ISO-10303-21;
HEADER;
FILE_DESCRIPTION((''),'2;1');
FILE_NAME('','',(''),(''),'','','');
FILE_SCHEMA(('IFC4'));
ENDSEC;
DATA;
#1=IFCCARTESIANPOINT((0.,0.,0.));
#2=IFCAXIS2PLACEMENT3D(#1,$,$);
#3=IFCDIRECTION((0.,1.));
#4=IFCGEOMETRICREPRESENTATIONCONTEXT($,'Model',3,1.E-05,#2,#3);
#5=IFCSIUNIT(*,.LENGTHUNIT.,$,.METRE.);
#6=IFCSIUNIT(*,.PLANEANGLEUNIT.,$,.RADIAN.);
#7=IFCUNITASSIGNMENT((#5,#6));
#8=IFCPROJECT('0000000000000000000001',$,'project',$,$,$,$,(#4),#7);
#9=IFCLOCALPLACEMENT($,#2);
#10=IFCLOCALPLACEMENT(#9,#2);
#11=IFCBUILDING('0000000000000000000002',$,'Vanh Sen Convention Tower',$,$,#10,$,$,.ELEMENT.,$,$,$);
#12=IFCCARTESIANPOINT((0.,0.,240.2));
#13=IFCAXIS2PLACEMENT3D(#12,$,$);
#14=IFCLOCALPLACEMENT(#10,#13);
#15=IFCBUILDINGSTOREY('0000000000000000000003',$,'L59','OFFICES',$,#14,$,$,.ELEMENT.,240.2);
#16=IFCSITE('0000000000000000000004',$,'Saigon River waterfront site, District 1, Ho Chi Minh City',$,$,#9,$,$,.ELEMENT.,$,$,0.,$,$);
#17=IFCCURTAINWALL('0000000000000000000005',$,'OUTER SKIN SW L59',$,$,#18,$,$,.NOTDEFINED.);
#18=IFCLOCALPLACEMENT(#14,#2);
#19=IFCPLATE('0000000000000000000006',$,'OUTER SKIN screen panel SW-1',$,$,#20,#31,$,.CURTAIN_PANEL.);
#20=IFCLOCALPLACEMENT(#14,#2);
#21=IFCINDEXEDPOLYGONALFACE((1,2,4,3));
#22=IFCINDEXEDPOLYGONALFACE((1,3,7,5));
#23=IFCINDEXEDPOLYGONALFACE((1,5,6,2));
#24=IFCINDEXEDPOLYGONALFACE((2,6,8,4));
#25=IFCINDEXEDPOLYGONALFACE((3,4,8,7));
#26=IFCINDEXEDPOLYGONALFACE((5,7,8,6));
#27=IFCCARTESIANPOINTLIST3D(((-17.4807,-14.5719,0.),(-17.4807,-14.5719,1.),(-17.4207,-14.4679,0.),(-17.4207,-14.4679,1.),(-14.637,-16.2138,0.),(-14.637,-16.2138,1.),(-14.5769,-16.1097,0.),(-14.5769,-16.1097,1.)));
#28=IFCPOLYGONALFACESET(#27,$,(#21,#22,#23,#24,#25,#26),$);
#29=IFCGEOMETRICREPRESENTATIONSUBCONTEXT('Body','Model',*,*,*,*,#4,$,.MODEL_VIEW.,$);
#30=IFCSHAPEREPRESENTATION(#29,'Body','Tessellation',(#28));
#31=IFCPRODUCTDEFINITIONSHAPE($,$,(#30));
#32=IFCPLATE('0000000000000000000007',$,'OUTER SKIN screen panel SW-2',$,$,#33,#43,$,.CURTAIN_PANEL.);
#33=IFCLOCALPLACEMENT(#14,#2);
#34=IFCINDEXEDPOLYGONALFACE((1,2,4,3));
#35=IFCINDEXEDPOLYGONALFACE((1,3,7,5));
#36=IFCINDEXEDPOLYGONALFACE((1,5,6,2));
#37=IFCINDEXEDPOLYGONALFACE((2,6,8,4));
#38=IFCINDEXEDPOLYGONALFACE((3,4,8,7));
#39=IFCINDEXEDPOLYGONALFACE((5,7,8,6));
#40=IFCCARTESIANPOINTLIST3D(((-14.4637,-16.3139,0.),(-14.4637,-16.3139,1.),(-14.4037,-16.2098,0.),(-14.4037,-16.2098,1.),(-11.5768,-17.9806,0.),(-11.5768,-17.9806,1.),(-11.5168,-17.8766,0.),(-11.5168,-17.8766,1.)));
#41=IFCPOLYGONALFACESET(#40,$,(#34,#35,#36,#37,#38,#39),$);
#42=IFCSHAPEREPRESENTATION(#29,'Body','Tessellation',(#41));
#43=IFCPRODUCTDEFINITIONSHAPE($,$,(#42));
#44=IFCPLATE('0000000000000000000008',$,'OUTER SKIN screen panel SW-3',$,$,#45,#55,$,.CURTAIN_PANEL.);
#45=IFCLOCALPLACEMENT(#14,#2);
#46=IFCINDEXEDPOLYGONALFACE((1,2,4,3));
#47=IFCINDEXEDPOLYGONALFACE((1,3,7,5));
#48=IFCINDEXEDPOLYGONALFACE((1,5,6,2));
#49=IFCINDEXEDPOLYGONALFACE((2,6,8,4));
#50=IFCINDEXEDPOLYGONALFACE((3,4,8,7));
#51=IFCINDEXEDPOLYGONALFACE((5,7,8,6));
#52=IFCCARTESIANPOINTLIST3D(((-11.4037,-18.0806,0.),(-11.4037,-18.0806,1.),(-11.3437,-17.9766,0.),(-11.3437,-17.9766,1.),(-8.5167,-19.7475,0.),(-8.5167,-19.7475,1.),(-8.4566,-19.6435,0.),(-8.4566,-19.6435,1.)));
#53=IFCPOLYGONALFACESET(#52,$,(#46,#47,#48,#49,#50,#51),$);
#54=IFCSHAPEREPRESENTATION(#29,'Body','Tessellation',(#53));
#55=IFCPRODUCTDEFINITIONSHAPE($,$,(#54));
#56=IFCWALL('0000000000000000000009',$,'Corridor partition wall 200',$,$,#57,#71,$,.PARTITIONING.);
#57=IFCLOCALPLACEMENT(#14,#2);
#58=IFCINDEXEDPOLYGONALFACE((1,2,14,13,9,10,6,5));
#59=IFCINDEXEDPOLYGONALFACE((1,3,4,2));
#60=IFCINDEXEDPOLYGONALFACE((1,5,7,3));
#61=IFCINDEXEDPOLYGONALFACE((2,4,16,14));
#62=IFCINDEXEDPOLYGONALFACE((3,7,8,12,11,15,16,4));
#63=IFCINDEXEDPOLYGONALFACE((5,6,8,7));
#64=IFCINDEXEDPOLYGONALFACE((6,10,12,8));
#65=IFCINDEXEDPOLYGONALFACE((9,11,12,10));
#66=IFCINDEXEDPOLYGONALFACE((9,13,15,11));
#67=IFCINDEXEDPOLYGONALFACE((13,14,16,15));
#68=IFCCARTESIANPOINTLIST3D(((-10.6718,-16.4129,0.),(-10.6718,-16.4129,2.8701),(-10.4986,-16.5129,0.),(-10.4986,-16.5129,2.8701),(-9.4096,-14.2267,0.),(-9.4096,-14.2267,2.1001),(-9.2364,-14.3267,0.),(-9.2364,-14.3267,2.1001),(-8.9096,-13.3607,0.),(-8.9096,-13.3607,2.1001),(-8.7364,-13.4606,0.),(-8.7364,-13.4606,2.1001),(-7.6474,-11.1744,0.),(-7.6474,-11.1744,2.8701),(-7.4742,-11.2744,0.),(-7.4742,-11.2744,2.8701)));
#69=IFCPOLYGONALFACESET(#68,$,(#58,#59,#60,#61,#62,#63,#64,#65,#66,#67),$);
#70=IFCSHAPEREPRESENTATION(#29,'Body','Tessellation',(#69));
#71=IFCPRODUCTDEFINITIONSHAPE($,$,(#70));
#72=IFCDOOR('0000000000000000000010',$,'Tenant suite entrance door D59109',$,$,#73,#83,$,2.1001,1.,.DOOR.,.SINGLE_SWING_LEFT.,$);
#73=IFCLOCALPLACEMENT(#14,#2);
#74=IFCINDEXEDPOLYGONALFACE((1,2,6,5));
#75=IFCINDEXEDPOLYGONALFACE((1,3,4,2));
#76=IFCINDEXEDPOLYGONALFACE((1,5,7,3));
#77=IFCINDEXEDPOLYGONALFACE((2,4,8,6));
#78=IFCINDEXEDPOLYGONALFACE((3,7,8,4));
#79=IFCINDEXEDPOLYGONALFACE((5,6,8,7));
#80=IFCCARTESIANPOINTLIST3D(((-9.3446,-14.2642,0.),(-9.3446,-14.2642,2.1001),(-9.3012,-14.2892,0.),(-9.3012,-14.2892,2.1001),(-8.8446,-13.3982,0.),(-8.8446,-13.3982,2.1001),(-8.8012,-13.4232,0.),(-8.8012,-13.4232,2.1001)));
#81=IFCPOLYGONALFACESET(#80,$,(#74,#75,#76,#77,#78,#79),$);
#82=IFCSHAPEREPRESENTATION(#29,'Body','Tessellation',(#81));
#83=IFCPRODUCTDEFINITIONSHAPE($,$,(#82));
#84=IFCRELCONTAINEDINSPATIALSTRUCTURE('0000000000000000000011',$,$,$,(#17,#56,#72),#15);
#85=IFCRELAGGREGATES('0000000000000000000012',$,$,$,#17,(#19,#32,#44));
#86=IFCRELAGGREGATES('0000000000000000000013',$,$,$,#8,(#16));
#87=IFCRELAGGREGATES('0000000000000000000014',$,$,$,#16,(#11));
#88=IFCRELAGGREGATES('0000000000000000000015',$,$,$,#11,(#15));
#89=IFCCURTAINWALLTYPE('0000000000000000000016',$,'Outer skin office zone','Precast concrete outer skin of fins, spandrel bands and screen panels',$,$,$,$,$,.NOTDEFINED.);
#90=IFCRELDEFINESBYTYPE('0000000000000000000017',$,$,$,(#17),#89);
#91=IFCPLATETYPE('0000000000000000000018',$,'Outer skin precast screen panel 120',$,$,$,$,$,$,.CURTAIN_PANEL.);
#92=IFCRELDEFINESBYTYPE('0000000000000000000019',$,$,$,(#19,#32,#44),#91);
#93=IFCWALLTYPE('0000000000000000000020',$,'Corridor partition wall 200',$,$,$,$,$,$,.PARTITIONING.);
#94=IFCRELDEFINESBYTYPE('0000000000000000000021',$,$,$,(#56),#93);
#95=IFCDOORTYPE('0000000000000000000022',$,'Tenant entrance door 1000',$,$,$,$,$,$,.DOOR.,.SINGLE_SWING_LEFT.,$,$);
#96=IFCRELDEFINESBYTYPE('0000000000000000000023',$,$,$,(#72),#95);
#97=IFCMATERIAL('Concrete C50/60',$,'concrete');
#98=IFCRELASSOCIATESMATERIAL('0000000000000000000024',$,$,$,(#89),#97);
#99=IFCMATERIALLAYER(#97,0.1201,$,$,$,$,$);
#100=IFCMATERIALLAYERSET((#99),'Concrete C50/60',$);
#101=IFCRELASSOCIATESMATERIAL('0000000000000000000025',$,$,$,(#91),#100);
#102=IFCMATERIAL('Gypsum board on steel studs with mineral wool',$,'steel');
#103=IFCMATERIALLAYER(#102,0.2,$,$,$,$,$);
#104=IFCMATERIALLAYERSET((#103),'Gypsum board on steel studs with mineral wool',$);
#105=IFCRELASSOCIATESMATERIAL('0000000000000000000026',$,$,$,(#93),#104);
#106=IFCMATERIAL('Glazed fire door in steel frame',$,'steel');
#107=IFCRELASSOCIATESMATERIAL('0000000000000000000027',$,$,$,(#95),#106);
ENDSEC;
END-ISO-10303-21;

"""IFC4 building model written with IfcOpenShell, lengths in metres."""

from ifc_helpers import new_model, si_unit, direction, frame, frame_2d, origin, origin_2d, place, context, subcontext, project, spatial, rectangle, extrude, material, layer, layer_set, type_object, element, fill, aggregate, save


model = new_model("IFC4")

# Units and contexts
model_context = context("Model", 3, precision=1e-05, world=origin(), true_north=direction((0.0, 1.0)))
body_context = subcontext(model_context, "Body", "Model", "MODEL_VIEW")
ifc_project = project(units=[si_unit("LENGTHUNIT", "METRE"), si_unit("PLANEANGLEUNIT", "RADIAN")], contexts=[model_context])

# Site, building, storey
site_placement = place(None, origin())
site = spatial("IfcSite", under=ifc_project, at=site_placement, Name="Saigon River waterfront site, District 1, Ho Chi Minh City", CompositionType="ELEMENT", RefElevation=0.0)
building_placement = place(site_placement, origin())
building = spatial("IfcBuilding", under=site, at=building_placement, Name="Vanh Sen Convention Tower", CompositionType="ELEMENT")
storey_placement = place(building_placement, frame((0.0, 0.0, 240.2)))
storey = spatial("IfcBuildingStorey", under=building, at=storey_placement, Name="L59", Description="OFFICES", CompositionType="ELEMENT", Elevation=240.2)

# Curtain wall
ifc_material_1 = material(Name="Concrete C50/60", Category="concrete")
curtain_wall_type = type_object("IfcCurtainWallType", Name="Outer skin office zone", Description="Precast concrete outer skin of fins, spandrel bands and screen panels", PredefinedType="NOTDEFINED", material=ifc_material_1)
curtain_wall_1_placement = place(storey_placement, origin())
curtain_wall_1 = element("IfcCurtainWall", 1, at=curtain_wall_1_placement, inside=storey, type_object=curtain_wall_type, Name="OUTER SKIN SW L59", PredefinedType="NOTDEFINED")

# Shared definitions
ifc_layer_1 = layer(ifc_material_1, 0.1201)
ifc_layer_set_1 = layer_set([ifc_layer_1], Name="Concrete C50/60")
plate_type = type_object("IfcPlateType", Name="Outer skin precast screen panel 120", PredefinedType="CURTAIN_PANEL", material=ifc_layer_set_1)

# Plates
plate_1_placement = place(storey_placement, frame((-16.0288, -15.3408, 0.0), z_axis=(0.0, 0.0, 1.0), x_axis=(0.866026, -0.499998, 0.0)))
plate_1 = element("IfcPlate", 2, at=plate_1_placement, type_object=plate_type, Name="OUTER SKIN screen panel SW-1", PredefinedType="CURTAIN_PANEL", context=body_context, shape_type="SweptSolid", body=[
    extrude(rectangle(XDim=3.2837, YDim=0.1201, at=origin_2d()), origin(), (0.0, 0.0, 1.0), 1.0),
])
plate_2_placement = place(storey_placement, frame((-12.9902, -17.0952, 0.0), z_axis=(0.0, 0.0, 1.0), x_axis=(0.866026, -0.499998, 0.0)))
plate_2 = element("IfcPlate", 3, at=plate_2_placement, type_object=plate_type, Name="OUTER SKIN screen panel SW-2", PredefinedType="CURTAIN_PANEL", context=body_context, shape_type="SweptSolid", body=[
    extrude(rectangle(XDim=3.3335, YDim=0.1201, at=origin_2d()), origin(), (0.0, 0.0, 1.0), 1.0),
])
plate_3_placement = place(storey_placement, frame((-9.9302, -18.8621, 0.0), z_axis=(0.0, 0.0, 1.0), x_axis=(0.866014, -0.50002, 0.0)))
plate_3 = element("IfcPlate", 4, at=plate_3_placement, type_object=plate_type, Name="OUTER SKIN screen panel SW-3", PredefinedType="CURTAIN_PANEL", context=body_context, shape_type="SweptSolid", body=[
    extrude(rectangle(XDim=3.3337, YDim=0.1201, at=origin_2d()), origin(), (0.0, 0.0, 1.0), 1.0),
])
aggregate(curtain_wall_1, [plate_1, plate_2, plate_3])

# Wall, opening, door
ifc_material_2 = material(Name="Gypsum board on steel studs with mineral wool", Category="steel")
ifc_layer_2 = layer(ifc_material_2, 0.2)
ifc_layer_set_2 = layer_set([ifc_layer_2], Name="Gypsum board on steel studs with mineral wool")
wall_type_1 = type_object("IfcWallType", Name="Corridor partition wall 200", PredefinedType="PARTITIONING", material=ifc_layer_set_2)
wall_1_placement = place(storey_placement, frame((-10.5852, -16.4629, 0.0), z_axis=(0.0, 0.0, 1.0), x_axis=(0.499994, 0.866029, 0.0)))
wall_1 = element("IfcWall", 5, at=wall_1_placement, inside=storey, type_object=wall_type_1, Name="Corridor partition wall 200", PredefinedType="PARTITIONING", context=body_context, shape_type="SweptSolid", body=[
    extrude(rectangle(XDim=6.0488, YDim=0.2, at=frame_2d((3.0244, 0.0))), origin(), (0.0, 0.0, 1.0), 2.8701),
])
opening_1_placement = place(wall_1_placement, frame((2.5244, 0.0, 0.0)))
opening_1 = element("IfcOpeningElement", 6, at=opening_1_placement, cuts=wall_1, PredefinedType="OPENING", context=body_context, shape_type="SweptSolid", body=[
    extrude(rectangle(XDim=1.0, YDim=2.1001, at=frame_2d((0.5, 1.05))), frame((0.0, 0.1099, 0.0), z_axis=(0.0, -1.0, 0.0), x_axis=(1.0, 0.0, 0.0)), (0.0, 0.0, 1.0), 0.22),
])
ifc_material_3 = material(Name="Glazed fire door in steel frame", Category="steel")
door_type = type_object("IfcDoorType", Name="Tenant entrance door 1000", OperationType="SINGLE_SWING_LEFT", PredefinedType="DOOR", material=ifc_material_3)
door_placement = place(opening_1_placement, origin())
door = element("IfcDoor", 7, at=door_placement, inside=storey, type_object=door_type, Name="Tenant suite entrance door D59109", OperationType="SINGLE_SWING_LEFT", OverallHeight=2.1001, OverallWidth=1.0, PredefinedType="DOOR", context=body_context, shape_type="SweptSolid", body=[
    extrude(rectangle(XDim=1.0, YDim=2.1001, at=frame_2d((0.5, 1.05))), frame((0.0, 0.0249, 0.0), z_axis=(0.0, -1.0, 0.0), x_axis=(1.0, 0.0, 0.0)), (0.0, 0.0, 1.0), 0.05),
])
fill(opening_1, door)

save(model, "model.ifc")
